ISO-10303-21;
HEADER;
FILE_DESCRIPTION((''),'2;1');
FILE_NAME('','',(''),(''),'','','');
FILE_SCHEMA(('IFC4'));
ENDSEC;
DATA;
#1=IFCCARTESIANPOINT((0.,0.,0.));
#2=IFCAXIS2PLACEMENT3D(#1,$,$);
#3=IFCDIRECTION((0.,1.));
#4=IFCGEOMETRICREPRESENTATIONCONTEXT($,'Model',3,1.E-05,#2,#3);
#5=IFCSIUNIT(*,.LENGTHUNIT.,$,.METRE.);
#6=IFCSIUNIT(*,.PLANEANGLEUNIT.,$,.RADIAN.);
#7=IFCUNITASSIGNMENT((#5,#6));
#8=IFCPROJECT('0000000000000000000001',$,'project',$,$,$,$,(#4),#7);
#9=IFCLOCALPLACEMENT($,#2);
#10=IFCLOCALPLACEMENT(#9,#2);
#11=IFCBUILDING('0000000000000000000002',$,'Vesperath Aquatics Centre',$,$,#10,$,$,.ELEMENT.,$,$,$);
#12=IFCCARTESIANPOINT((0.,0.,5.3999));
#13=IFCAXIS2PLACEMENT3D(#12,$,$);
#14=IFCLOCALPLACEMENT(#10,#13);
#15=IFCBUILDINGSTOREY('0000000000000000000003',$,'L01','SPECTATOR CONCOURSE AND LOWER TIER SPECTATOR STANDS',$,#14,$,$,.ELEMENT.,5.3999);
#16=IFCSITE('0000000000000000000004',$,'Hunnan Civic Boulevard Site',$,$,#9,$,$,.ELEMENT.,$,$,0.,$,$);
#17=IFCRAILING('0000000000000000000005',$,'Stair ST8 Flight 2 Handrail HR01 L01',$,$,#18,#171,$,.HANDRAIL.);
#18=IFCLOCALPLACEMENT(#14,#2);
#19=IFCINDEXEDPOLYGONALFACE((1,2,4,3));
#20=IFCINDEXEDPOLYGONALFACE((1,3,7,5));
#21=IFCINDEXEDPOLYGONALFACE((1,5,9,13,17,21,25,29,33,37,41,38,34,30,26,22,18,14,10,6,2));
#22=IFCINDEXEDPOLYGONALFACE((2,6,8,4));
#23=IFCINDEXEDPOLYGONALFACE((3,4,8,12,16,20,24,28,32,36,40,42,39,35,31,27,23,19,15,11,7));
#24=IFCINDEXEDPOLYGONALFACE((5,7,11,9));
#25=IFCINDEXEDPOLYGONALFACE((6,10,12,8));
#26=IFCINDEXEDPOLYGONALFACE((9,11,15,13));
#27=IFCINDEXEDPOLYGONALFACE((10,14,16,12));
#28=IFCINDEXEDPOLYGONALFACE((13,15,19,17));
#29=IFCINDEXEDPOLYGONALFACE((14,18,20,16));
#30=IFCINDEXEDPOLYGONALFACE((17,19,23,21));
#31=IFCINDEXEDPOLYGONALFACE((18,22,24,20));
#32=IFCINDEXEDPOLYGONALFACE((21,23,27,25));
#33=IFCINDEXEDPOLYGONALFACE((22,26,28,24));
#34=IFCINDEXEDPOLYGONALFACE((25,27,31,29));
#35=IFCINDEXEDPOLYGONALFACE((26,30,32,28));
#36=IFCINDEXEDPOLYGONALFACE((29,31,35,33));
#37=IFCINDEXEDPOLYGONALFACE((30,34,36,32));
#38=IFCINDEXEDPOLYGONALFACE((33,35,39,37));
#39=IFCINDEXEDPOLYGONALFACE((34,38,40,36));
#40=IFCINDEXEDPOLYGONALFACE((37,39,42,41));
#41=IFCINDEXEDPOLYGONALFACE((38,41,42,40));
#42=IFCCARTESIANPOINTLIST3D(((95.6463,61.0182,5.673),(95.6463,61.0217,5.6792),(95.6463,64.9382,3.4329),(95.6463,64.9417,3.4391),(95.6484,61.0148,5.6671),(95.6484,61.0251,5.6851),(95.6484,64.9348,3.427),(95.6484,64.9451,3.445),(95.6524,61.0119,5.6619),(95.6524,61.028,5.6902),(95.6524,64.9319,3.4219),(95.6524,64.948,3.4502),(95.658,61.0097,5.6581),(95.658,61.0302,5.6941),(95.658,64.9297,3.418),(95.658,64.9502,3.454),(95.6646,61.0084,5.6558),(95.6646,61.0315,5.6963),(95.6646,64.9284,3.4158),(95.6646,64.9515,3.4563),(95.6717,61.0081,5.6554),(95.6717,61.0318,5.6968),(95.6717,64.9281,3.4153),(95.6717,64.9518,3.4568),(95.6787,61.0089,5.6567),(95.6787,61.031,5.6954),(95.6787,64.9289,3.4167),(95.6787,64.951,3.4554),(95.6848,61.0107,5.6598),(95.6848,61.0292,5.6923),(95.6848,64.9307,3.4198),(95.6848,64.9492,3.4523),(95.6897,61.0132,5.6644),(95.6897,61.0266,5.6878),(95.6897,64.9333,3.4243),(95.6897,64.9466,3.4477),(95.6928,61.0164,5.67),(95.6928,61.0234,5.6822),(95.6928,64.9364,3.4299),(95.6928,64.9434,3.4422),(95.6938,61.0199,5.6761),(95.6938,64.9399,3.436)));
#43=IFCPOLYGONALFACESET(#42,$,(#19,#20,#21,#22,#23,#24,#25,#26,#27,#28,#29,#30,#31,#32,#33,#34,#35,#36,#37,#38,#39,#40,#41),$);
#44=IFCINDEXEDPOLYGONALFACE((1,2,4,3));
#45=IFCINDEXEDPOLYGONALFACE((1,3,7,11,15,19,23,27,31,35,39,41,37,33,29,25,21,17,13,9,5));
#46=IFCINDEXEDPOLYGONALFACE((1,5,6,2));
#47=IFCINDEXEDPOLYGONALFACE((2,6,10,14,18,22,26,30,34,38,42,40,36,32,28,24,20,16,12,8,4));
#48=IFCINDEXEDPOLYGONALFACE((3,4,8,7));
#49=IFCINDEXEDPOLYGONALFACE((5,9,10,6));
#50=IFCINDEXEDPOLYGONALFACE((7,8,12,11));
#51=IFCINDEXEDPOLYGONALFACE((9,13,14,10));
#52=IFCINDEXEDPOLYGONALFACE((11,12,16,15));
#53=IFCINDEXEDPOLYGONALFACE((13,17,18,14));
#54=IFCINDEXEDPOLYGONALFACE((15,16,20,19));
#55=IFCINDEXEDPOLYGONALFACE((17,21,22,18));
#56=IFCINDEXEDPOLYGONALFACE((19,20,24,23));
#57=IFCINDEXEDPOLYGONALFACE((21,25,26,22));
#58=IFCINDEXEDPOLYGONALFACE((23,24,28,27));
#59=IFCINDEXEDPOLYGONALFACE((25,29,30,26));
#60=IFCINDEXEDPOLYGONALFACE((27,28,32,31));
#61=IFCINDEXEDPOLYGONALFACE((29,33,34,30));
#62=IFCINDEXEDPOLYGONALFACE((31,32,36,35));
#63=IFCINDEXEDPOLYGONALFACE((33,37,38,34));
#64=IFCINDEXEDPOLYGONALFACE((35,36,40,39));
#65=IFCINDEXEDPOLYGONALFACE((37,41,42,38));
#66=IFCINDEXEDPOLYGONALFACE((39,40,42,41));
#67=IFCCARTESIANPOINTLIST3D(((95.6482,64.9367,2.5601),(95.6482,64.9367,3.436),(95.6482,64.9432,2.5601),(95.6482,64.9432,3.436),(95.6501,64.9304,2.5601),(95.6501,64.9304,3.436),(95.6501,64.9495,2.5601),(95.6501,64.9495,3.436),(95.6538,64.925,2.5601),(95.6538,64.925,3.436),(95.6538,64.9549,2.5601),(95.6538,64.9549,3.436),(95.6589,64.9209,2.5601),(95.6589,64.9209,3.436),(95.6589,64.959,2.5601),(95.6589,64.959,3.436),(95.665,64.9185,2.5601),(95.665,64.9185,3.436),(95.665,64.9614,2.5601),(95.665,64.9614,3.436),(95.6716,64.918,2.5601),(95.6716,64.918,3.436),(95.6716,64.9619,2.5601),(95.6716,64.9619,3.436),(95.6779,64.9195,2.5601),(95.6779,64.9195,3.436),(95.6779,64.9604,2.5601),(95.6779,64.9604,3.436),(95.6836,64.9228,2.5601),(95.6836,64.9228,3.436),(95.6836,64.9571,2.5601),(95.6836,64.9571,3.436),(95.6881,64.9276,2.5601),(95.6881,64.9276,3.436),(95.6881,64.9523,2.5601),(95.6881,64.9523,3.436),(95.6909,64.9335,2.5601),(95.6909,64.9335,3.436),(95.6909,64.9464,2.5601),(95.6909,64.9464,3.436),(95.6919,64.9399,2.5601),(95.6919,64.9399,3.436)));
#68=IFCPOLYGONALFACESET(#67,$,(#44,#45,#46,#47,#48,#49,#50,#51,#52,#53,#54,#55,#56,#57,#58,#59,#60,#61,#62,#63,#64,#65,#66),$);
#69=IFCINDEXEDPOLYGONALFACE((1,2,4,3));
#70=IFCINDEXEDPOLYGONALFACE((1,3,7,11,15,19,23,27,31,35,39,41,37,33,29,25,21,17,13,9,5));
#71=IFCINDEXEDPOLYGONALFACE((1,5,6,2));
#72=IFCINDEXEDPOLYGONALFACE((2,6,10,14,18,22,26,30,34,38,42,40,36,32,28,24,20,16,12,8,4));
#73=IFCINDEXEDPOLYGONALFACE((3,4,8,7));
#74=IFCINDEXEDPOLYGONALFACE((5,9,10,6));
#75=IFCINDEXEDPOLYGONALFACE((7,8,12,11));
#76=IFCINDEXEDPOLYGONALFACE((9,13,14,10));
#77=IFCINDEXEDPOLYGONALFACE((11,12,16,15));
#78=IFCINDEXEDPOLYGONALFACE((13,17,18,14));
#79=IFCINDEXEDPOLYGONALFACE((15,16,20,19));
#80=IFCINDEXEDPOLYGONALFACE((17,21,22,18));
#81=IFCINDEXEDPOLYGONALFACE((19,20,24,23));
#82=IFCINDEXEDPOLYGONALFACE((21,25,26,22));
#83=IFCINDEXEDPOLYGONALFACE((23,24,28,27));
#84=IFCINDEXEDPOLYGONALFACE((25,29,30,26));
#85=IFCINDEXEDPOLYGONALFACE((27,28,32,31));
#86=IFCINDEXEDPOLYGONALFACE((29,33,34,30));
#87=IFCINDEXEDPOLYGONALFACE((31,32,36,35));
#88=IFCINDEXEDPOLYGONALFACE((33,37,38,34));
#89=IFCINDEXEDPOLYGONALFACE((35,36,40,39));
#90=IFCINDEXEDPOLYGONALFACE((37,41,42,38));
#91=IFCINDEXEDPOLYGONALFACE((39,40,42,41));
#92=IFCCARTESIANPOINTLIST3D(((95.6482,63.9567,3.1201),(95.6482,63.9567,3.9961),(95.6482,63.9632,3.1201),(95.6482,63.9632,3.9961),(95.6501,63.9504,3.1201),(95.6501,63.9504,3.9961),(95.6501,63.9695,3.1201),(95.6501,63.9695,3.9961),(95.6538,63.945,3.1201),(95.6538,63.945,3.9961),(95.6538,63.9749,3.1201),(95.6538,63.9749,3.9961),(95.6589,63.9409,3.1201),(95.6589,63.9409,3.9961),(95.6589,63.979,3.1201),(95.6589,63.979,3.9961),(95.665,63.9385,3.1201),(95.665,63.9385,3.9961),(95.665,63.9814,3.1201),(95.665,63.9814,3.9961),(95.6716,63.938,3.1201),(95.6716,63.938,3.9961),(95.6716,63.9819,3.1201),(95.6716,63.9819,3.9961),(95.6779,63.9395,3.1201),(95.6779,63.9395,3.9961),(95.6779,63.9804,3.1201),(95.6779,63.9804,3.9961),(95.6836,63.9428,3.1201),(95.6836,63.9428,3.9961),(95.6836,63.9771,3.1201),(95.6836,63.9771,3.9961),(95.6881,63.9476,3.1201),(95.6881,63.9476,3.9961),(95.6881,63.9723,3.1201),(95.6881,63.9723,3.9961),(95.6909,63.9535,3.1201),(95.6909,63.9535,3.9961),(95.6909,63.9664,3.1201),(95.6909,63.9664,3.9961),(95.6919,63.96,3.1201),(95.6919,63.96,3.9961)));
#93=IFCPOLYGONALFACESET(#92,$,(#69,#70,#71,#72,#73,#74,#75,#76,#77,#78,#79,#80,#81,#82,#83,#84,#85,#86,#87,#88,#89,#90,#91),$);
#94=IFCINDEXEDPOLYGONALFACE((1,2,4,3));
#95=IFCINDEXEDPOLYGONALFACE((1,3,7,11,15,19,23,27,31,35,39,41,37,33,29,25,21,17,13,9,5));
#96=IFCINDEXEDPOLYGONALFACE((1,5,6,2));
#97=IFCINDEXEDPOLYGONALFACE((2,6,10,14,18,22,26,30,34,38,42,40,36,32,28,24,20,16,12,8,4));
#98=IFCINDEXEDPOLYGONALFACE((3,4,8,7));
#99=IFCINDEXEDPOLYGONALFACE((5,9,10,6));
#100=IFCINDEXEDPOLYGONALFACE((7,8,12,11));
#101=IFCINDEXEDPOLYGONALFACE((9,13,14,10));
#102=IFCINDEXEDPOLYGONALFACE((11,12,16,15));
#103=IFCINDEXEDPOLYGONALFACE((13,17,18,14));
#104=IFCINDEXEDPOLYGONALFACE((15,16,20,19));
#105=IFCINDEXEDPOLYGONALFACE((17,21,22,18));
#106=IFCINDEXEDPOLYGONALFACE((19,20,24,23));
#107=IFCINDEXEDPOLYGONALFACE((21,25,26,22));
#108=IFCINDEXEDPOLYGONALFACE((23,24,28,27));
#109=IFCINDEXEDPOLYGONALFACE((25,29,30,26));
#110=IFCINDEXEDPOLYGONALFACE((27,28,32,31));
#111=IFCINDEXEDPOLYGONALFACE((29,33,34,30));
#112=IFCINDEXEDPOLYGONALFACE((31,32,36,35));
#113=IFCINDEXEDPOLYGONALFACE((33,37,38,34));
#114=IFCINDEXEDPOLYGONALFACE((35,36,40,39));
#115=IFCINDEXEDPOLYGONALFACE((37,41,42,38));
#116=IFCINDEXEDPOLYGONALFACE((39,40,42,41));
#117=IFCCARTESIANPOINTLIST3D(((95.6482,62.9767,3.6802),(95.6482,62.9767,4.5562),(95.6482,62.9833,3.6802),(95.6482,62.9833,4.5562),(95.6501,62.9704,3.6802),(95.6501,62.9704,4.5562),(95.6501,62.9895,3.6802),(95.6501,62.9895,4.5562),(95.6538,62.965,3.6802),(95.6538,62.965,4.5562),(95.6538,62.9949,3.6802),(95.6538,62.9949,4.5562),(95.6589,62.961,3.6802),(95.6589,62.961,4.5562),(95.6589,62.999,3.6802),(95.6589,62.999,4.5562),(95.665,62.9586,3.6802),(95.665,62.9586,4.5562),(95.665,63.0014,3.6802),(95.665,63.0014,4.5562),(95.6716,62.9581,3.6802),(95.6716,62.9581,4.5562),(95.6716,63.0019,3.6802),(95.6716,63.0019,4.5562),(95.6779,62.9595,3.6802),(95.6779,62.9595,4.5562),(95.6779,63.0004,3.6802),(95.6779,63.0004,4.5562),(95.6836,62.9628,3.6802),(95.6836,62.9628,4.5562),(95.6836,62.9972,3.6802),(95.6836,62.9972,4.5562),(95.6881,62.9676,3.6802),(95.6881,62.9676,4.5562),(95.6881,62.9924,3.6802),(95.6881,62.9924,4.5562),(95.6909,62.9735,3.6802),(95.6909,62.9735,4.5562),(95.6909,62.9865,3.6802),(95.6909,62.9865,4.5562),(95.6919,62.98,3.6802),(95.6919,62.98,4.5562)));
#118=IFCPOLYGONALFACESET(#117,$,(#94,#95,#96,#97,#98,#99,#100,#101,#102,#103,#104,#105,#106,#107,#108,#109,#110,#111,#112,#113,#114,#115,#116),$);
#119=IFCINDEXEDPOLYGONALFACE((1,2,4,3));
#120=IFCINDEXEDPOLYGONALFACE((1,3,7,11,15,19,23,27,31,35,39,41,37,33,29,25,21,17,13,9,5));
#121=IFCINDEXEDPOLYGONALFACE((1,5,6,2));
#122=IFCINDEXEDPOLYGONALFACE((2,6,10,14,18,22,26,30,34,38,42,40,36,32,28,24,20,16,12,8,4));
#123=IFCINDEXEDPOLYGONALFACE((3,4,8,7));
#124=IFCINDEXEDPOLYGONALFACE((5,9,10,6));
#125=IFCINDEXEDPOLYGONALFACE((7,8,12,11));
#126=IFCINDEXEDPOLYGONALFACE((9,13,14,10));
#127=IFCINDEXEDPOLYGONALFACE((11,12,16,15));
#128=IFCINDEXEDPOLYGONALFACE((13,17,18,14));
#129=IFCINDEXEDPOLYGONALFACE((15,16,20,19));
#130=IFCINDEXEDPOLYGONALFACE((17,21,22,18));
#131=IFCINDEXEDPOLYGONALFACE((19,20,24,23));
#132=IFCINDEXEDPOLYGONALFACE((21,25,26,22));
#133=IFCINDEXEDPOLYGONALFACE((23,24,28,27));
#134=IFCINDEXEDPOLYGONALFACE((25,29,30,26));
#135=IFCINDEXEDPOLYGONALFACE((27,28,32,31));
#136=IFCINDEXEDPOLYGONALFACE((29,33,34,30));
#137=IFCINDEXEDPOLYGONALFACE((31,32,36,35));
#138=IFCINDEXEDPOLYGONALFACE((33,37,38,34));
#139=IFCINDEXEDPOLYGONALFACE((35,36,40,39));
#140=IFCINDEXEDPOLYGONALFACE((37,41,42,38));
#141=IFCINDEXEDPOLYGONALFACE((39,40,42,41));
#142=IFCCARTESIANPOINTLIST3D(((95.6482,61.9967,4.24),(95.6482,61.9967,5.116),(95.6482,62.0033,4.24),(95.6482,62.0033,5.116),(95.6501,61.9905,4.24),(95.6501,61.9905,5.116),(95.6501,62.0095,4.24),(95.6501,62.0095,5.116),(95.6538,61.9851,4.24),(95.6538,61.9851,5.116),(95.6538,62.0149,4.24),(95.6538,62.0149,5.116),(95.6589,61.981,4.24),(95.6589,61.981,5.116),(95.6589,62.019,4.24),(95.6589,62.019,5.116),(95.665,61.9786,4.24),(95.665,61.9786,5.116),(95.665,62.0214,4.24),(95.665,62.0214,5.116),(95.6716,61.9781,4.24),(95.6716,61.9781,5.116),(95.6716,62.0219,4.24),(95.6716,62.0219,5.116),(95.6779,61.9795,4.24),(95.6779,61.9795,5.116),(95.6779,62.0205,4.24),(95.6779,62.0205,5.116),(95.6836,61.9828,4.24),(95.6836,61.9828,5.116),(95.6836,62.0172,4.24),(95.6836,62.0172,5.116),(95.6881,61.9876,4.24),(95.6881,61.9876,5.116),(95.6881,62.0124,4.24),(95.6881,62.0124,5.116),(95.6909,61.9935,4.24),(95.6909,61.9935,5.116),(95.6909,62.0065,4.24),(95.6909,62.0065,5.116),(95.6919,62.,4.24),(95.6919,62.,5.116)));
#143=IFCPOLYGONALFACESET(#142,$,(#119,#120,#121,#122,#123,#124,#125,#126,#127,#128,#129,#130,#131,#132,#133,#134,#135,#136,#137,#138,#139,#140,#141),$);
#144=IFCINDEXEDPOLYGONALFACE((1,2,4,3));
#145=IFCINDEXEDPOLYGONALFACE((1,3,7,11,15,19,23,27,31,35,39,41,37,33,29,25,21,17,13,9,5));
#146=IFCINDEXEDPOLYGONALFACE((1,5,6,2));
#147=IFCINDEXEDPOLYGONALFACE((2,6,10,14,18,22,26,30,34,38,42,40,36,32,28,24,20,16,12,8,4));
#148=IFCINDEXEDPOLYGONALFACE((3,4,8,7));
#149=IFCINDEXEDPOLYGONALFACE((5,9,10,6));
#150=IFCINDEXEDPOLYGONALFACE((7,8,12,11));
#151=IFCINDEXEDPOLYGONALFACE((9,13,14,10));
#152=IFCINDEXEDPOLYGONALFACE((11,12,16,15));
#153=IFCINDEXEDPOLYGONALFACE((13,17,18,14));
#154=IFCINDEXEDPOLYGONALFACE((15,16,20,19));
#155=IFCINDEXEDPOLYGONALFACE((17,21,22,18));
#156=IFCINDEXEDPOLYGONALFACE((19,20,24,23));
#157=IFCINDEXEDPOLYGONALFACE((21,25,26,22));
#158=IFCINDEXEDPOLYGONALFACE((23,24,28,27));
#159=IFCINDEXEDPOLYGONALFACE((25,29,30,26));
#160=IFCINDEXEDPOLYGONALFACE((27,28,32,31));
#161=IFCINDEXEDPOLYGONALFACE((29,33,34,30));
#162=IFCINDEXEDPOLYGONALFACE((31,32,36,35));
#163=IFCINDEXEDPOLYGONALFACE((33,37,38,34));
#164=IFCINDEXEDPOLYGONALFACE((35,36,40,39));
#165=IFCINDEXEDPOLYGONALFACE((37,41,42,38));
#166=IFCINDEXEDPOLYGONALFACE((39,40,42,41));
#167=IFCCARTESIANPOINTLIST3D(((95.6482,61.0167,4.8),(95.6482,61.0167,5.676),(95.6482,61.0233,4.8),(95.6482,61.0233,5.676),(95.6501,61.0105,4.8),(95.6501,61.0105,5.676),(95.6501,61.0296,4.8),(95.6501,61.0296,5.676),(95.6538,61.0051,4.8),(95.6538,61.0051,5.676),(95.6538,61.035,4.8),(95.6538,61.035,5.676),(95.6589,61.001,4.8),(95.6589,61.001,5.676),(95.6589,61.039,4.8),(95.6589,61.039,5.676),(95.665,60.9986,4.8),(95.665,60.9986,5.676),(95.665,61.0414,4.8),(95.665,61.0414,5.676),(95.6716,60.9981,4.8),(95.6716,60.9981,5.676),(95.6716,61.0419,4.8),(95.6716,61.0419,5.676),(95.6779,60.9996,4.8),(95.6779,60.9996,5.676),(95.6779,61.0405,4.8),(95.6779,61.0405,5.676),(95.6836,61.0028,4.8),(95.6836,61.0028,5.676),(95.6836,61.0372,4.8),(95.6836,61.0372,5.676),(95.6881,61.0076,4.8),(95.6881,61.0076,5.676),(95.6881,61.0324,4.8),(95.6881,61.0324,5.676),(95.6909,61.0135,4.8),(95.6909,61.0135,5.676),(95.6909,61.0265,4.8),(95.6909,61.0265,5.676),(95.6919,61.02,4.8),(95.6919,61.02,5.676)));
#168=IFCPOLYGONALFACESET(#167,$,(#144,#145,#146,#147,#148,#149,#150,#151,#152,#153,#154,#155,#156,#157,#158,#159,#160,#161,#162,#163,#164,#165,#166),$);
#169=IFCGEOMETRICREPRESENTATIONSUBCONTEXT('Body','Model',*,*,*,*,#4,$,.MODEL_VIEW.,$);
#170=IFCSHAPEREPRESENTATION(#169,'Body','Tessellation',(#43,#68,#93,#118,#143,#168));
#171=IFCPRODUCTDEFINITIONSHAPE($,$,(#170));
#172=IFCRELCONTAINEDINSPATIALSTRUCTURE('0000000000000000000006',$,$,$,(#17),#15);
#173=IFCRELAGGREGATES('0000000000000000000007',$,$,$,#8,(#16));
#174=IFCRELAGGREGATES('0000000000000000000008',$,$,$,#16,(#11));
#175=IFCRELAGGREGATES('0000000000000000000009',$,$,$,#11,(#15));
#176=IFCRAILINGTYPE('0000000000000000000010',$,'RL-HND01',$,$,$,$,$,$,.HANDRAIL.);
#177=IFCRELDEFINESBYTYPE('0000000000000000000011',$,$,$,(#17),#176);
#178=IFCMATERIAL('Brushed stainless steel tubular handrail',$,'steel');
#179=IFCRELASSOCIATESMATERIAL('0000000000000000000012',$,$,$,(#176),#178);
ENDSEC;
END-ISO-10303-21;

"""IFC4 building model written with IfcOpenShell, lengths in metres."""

from ifc_helpers import new_model, si_unit, direction, frame, origin, origin_2d, place, context, subcontext, project, spatial, circle, extrude, material, type_object, element, save


model = new_model("IFC4")

# Units and contexts
model_context = context("Model", 3, precision=1e-05, world=origin(), true_north=direction((0.0, 1.0)))
body_context = subcontext(model_context, "Body", "Model", "MODEL_VIEW")
ifc_project = project(units=[si_unit("LENGTHUNIT", "METRE"), si_unit("PLANEANGLEUNIT", "RADIAN")], contexts=[model_context])

# Site, building, storey
site_placement = place(None, origin())
site = spatial("IfcSite", under=ifc_project, at=site_placement, Name="Hunnan Civic Boulevard Site", CompositionType="ELEMENT", RefElevation=0.0)
building_placement = place(site_placement, origin())
building = spatial("IfcBuilding", under=site, at=building_placement, Name="Vesperath Aquatics Centre", CompositionType="ELEMENT")
storey_placement = place(building_placement, frame((0.0, 0.0, 5.3999)))
storey = spatial("IfcBuildingStorey", under=building, at=storey_placement, Name="L01", Description="SPECTATOR CONCOURSE AND LOWER TIER SPECTATOR STANDS", CompositionType="ELEMENT", Elevation=5.3999)

# Railing
ifc_material_1 = material(Name="Brushed stainless steel tubular handrail", Category="steel")
railing_type_1 = type_object("IfcRailingType", Name="RL-HND01", PredefinedType="HANDRAIL", material=ifc_material_1)
railing_1_placement = place(storey_placement, frame((95.6699, 64.9399, 2.5601)))
element("IfcRailing", 1, at=railing_1_placement, inside=storey, type_object=railing_type_1, Name="Stair ST8 Flight 2 Handrail HR01 L01", PredefinedType="HANDRAIL", context=body_context, shape_type="SweptSolid", body=[
    extrude(circle(Radius=0.0239, at=origin_2d()), frame((0.0, 0.0, 0.876), z_axis=(0.0, -0.86824, 0.496145), x_axis=(1.0, 0.0, 0.0)), (0.0, 0.0, 1.0), 4.5149),
    extrude(circle(Radius=0.022, at=origin_2d()), origin(), (0.0, 0.0, 1.0), 0.876),
    extrude(circle(Radius=0.022, at=origin_2d()), frame((0.0, -0.98, 0.5601)), (0.0, 0.0, 1.0), 0.876),
    extrude(circle(Radius=0.022, at=origin_2d()), frame((0.0, -1.96, 1.1201)), (0.0, 0.0, 1.0), 0.876),
    extrude(circle(Radius=0.022, at=origin_2d()), frame((0.0, -2.9399, 1.6799)), (0.0, 0.0, 1.0), 0.876),
    extrude(circle(Radius=0.022, at=origin_2d()), frame((0.0, -3.9199, 2.24)), (0.0, 0.0, 1.0), 0.876),
])

save(model, "model.ifc")
